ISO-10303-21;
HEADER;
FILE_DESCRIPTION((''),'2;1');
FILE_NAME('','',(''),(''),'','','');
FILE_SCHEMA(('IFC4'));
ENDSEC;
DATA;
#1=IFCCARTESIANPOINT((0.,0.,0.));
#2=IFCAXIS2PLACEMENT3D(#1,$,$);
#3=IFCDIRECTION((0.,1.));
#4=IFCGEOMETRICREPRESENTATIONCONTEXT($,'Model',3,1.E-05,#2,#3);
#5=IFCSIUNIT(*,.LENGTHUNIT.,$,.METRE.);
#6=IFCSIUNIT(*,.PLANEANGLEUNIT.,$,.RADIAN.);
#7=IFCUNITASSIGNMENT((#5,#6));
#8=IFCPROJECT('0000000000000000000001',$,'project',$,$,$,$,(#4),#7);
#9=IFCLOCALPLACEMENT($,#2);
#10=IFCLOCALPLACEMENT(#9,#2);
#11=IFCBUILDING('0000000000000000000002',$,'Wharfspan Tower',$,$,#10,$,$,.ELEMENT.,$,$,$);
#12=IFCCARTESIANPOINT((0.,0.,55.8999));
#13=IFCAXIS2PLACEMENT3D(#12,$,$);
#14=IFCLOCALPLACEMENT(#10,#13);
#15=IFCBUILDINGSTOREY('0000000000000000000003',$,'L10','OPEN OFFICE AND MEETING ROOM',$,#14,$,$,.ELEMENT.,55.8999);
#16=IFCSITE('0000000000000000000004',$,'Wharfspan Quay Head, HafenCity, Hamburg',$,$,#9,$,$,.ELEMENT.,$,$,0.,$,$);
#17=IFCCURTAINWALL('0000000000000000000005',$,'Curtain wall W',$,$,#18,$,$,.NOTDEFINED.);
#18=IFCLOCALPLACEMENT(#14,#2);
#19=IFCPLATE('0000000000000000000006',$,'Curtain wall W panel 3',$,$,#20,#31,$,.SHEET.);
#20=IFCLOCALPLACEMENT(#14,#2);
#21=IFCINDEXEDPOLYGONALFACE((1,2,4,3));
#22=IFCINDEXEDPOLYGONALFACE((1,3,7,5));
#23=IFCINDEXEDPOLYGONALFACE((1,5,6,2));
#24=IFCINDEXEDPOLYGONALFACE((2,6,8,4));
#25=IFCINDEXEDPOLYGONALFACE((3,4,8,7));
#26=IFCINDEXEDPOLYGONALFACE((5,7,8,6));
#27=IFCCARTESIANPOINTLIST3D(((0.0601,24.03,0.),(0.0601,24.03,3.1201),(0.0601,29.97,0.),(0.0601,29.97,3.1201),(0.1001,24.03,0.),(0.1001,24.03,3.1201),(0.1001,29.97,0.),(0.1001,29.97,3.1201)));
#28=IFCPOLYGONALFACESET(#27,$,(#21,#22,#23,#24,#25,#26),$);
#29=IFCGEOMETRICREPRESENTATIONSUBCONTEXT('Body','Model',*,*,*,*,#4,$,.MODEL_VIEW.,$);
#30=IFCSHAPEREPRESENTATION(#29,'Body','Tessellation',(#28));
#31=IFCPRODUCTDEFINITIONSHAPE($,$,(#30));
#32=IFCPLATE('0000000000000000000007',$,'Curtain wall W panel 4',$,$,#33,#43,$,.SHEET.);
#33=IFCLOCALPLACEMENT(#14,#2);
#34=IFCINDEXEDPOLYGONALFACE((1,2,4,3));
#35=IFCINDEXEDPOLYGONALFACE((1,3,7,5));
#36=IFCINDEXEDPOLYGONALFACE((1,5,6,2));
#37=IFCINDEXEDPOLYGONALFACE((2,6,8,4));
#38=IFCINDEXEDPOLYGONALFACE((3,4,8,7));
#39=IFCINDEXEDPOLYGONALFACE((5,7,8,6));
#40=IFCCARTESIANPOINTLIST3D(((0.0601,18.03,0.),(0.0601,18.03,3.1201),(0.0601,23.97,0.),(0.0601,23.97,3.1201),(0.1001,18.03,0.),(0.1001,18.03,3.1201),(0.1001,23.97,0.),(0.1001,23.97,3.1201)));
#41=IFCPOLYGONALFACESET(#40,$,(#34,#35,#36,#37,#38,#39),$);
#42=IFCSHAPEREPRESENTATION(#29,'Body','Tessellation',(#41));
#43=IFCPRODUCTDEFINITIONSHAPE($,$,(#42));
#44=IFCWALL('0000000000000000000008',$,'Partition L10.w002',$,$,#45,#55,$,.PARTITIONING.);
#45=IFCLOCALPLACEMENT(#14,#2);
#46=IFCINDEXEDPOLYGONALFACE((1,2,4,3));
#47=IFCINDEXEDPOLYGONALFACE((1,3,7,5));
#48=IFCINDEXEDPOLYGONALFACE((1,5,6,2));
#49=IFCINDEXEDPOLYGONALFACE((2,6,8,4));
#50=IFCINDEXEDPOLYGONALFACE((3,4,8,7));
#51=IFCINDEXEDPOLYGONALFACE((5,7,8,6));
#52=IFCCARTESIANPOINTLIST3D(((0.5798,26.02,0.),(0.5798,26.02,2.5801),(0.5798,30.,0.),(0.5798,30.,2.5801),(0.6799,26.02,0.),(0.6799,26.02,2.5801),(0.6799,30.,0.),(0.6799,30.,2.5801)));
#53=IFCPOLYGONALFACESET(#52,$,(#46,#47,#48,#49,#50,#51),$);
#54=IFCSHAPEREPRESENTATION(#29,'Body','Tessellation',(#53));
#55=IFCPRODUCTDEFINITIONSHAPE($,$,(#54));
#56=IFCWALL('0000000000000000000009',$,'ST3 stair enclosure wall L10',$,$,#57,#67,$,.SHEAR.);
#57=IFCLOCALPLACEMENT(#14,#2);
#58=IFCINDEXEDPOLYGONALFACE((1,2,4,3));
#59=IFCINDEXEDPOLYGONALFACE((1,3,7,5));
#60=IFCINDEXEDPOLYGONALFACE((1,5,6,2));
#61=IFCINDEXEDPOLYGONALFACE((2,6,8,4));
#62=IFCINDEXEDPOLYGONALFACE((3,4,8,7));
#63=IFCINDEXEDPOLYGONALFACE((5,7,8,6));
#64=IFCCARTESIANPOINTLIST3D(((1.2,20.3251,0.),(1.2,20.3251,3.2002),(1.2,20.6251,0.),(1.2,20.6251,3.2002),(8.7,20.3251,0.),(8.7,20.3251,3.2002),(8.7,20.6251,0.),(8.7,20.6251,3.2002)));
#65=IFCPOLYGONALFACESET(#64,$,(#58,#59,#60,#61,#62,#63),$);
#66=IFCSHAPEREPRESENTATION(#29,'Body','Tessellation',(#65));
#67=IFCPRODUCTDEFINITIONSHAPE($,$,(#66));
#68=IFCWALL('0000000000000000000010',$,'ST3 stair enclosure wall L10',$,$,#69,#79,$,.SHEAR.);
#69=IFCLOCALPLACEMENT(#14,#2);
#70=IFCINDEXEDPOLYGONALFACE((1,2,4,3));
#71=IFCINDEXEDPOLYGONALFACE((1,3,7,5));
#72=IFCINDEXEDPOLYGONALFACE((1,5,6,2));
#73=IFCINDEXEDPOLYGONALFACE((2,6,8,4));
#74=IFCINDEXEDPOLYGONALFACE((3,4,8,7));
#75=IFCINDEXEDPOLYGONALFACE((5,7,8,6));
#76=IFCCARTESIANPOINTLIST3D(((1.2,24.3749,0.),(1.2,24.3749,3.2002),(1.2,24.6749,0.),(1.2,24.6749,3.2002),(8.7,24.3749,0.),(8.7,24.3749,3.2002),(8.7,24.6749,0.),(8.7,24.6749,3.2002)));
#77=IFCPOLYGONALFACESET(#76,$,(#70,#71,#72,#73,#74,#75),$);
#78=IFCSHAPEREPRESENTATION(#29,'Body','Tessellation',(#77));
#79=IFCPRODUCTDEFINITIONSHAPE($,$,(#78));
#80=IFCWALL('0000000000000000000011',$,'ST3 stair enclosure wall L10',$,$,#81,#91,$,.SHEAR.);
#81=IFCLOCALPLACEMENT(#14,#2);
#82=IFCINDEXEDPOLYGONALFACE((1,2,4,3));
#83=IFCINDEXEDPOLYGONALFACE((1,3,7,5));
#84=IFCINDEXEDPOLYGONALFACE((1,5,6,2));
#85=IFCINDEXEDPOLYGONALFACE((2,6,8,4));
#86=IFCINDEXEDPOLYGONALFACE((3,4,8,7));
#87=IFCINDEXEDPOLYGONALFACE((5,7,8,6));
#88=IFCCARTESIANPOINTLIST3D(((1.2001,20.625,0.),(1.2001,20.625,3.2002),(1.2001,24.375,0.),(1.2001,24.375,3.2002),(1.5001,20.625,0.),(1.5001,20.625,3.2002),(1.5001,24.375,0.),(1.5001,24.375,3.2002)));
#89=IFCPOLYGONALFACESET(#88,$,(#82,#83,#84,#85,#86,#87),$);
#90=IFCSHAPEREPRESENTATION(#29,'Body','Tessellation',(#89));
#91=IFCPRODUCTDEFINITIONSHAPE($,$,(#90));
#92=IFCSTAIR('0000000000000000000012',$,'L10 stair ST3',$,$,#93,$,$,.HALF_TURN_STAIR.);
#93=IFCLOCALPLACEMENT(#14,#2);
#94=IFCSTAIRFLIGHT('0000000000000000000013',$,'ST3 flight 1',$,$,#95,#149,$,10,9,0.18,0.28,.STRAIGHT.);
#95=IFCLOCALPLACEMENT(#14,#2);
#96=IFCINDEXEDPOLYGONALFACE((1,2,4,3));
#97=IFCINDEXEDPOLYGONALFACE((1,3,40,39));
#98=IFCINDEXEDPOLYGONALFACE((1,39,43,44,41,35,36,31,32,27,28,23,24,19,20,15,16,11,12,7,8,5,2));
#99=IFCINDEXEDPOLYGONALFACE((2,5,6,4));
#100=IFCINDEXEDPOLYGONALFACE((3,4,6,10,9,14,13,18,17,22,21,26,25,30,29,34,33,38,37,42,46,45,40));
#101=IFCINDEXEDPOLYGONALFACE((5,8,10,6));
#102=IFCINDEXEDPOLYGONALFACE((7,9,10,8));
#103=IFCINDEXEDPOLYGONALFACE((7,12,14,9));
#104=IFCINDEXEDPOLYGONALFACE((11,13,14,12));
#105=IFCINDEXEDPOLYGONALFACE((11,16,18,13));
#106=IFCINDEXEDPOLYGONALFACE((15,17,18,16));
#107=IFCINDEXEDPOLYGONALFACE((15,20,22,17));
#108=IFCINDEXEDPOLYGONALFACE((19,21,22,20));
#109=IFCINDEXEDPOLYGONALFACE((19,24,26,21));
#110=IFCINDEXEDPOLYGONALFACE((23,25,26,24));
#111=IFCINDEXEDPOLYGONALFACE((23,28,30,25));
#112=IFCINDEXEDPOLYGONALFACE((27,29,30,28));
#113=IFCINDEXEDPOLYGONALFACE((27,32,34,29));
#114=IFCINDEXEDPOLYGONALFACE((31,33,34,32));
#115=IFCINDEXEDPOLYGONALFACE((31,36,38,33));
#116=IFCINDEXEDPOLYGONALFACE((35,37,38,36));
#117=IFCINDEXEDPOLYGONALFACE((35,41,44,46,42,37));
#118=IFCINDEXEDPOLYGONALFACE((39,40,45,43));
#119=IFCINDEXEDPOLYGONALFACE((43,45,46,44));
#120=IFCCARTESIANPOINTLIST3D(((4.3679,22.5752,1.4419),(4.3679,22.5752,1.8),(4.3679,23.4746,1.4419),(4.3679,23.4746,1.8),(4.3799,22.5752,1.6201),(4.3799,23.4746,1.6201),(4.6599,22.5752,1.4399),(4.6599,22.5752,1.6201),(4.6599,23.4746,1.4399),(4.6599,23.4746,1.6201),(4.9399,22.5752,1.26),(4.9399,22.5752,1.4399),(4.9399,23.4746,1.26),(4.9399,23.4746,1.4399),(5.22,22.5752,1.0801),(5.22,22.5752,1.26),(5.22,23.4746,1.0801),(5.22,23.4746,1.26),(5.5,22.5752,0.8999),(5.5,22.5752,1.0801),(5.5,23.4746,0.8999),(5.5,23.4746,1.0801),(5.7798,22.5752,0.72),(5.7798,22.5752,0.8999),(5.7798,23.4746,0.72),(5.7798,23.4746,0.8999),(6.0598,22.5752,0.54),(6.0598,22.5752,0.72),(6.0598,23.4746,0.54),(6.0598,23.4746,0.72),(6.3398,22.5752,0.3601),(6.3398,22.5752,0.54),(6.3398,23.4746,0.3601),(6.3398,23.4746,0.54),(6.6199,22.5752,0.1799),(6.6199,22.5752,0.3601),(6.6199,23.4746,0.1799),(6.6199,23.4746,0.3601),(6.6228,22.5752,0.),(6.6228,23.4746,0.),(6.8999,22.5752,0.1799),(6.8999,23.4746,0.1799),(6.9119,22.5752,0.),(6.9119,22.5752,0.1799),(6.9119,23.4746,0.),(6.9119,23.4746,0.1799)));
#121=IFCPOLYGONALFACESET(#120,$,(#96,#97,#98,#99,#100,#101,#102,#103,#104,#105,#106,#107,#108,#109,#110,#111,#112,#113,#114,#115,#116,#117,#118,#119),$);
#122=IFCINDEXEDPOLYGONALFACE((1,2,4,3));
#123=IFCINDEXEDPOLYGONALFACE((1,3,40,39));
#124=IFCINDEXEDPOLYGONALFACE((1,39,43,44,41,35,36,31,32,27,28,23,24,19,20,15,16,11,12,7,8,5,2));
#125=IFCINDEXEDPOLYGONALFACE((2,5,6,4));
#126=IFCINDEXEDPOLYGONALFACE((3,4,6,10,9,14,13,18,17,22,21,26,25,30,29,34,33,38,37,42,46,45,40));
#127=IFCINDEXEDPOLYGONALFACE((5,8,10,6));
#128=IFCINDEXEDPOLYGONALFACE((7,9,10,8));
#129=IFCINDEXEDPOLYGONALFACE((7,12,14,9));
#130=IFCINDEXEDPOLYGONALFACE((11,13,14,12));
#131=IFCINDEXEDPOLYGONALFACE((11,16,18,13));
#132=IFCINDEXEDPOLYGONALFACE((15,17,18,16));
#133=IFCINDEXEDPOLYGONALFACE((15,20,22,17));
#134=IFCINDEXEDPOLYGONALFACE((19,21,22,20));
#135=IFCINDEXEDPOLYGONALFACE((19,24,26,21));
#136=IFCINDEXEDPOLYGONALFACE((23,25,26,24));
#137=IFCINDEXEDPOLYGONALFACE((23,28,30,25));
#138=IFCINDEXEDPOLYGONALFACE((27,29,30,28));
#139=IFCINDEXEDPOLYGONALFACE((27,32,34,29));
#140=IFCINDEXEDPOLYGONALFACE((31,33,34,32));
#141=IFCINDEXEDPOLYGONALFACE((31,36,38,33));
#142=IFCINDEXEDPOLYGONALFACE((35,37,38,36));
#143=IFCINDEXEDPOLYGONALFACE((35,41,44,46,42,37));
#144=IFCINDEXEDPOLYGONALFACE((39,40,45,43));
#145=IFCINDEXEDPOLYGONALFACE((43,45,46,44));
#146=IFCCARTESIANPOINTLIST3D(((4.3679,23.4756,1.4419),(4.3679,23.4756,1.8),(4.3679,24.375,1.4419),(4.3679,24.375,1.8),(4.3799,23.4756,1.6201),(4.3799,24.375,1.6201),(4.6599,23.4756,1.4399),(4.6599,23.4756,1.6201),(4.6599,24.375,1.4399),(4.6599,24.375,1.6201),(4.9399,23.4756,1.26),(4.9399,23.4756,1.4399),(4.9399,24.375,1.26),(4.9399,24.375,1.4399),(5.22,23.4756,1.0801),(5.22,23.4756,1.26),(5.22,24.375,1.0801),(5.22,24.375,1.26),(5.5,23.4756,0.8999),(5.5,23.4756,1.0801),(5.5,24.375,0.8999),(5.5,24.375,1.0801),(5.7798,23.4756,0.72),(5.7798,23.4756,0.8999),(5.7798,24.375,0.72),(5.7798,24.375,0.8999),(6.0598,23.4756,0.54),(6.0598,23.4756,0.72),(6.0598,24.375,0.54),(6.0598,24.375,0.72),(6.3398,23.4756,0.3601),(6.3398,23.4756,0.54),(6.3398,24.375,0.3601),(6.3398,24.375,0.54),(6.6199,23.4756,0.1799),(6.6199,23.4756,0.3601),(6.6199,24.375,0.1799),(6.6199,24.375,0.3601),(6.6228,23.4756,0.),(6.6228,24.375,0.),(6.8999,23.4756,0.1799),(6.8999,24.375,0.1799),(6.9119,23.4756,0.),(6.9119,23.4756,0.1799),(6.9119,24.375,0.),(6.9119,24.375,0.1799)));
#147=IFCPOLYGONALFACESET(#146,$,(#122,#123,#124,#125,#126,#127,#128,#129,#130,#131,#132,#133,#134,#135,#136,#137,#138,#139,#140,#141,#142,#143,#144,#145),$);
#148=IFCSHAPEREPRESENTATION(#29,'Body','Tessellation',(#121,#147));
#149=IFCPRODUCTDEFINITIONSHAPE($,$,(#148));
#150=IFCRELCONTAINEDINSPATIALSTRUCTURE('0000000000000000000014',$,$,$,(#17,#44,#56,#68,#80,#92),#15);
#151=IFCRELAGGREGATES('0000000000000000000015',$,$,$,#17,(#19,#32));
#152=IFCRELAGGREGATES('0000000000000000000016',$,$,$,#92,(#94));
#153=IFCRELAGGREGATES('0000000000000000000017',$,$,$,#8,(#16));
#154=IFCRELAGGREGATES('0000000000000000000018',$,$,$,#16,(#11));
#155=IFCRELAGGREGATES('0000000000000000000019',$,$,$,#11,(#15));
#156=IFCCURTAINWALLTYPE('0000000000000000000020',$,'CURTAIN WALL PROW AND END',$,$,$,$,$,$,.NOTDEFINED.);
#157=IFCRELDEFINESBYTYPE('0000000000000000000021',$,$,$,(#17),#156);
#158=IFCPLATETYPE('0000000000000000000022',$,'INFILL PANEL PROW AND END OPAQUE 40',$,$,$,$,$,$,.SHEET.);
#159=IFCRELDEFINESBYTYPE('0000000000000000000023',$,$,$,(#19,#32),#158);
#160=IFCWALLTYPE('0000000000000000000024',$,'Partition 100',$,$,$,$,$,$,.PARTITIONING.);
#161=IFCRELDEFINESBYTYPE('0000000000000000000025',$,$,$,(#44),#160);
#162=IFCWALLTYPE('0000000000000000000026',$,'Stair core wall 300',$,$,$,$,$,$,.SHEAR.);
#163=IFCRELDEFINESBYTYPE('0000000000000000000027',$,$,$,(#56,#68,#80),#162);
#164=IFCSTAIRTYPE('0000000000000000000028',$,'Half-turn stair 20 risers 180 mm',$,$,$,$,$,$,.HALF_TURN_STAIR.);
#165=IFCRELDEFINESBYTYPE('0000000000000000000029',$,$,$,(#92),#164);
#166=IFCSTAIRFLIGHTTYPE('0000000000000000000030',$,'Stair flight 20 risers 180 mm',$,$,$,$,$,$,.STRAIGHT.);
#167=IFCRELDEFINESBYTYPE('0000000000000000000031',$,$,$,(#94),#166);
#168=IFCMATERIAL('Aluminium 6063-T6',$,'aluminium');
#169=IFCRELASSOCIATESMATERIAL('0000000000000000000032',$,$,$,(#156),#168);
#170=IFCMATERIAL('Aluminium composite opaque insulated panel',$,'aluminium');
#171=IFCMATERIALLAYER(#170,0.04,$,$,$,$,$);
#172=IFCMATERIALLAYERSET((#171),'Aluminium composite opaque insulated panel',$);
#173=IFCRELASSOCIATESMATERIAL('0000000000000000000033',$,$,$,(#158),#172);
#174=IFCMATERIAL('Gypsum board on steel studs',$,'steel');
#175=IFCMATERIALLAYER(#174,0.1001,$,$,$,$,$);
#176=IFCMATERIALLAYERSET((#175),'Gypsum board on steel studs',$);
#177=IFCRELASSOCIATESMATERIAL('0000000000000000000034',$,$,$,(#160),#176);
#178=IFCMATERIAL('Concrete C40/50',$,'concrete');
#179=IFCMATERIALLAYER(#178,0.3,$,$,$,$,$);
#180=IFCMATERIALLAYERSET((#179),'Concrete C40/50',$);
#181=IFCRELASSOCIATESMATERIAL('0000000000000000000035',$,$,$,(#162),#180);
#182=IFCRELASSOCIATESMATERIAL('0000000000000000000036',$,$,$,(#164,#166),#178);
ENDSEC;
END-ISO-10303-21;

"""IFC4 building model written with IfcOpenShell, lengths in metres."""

from ifc_helpers import new_model, si_unit, direction, frame, frame_2d, origin, origin_2d, place, context, subcontext, project, spatial, polyline, rectangle, outline, extrude, material, layer, layer_set, type_object, element, aggregate, save


model = new_model("IFC4")

# Units and contexts
model_context = context("Model", 3, precision=1e-05, world=origin(), true_north=direction((0.0, 1.0)))
body_context = subcontext(model_context, "Body", "Model", "MODEL_VIEW")
ifc_project = project(units=[si_unit("LENGTHUNIT", "METRE"), si_unit("PLANEANGLEUNIT", "RADIAN")], contexts=[model_context])

# Site, building, storey
site_placement = place(None, origin())
site = spatial("IfcSite", under=ifc_project, at=site_placement, Name="Wharfspan Quay Head, HafenCity, Hamburg", CompositionType="ELEMENT", RefElevation=0.0)
building_placement = place(site_placement, origin())
building = spatial("IfcBuilding", under=site, at=building_placement, Name="Wharfspan Tower", CompositionType="ELEMENT")
storey_placement = place(building_placement, frame((0.0, 0.0, 55.8999)))
storey = spatial("IfcBuildingStorey", under=building, at=storey_placement, Name="L10", Description="OPEN OFFICE AND MEETING ROOM", CompositionType="ELEMENT", Elevation=55.8999)

# Curtain wall
ifc_material_1 = material(Name="Aluminium 6063-T6", Category="aluminium")
curtain_wall_type = type_object("IfcCurtainWallType", Name="CURTAIN WALL PROW AND END", PredefinedType="NOTDEFINED", material=ifc_material_1)
curtain_wall_placement = place(storey_placement, origin())
curtain_wall = element("IfcCurtainWall", 1, at=curtain_wall_placement, inside=storey, type_object=curtain_wall_type, Name="Curtain wall W", PredefinedType="NOTDEFINED")

# Plates
ifc_material_2 = material(Name="Aluminium composite opaque insulated panel", Category="aluminium")
ifc_layer_1 = layer(ifc_material_2, 0.04)
ifc_layer_set_1 = layer_set([ifc_layer_1], Name="Aluminium composite opaque insulated panel")
plate_type = type_object("IfcPlateType", Name="INFILL PANEL PROW AND END OPAQUE 40", PredefinedType="SHEET", material=ifc_layer_set_1)
plate_1_placement = place(storey_placement, frame((0.0801, 27.0, 0.0), z_axis=(0.0, 0.0, 1.0), x_axis=(0.0, -1.0, 0.0)))
plate_1 = element("IfcPlate", 2, at=plate_1_placement, type_object=plate_type, Name="Curtain wall W panel 3", PredefinedType="SHEET", context=body_context, shape_type="SweptSolid", body=[
    extrude(rectangle(XDim=5.9399, YDim=0.04, at=origin_2d()), origin(), (0.0, 0.0, 1.0), 3.1201),
])
plate_2_placement = place(storey_placement, frame((0.0801, 21.0, 0.0), z_axis=(0.0, 0.0, 1.0), x_axis=(0.0, -1.0, 0.0)))
plate_2 = element("IfcPlate", 3, at=plate_2_placement, type_object=plate_type, Name="Curtain wall W panel 4", PredefinedType="SHEET", context=body_context, shape_type="SweptSolid", body=[
    extrude(rectangle(XDim=5.9399, YDim=0.04, at=origin_2d()), origin(), (0.0, 0.0, 1.0), 3.1201),
])
aggregate(curtain_wall, [plate_1, plate_2])

# Walls
ifc_material_3 = material(Name="Gypsum board on steel studs", Category="steel")
ifc_layer_2 = layer(ifc_material_3, 0.1001)
ifc_layer_set_2 = layer_set([ifc_layer_2], Name="Gypsum board on steel studs")
wall_type_1 = type_object("IfcWallType", Name="Partition 100", PredefinedType="PARTITIONING", material=ifc_layer_set_2)
wall_1_placement = place(storey_placement, frame((0.6299, 26.02, 0.0), z_axis=(0.0, 0.0, 1.0), x_axis=(0.0, 1.0, 0.0)))
element("IfcWall", 4, at=wall_1_placement, inside=storey, type_object=wall_type_1, Name="Partition L10.w002", PredefinedType="PARTITIONING", context=body_context, shape_type="SweptSolid", body=[
    extrude(rectangle(XDim=3.98, YDim=0.1001, at=frame_2d((1.99, 0.0))), origin(), (0.0, 0.0, 1.0), 2.5801),
])
ifc_material_4 = material(Name="Concrete C40/50", Category="concrete")
ifc_layer_3 = layer(ifc_material_4, 0.3)
ifc_layer_set_3 = layer_set([ifc_layer_3], Name="Concrete C40/50")
wall_type_2 = type_object("IfcWallType", Name="Stair core wall 300", PredefinedType="SHEAR", material=ifc_layer_set_3)
for number, where, z_axis, x_axis, name in (
    (5, (1.2, 20.4751, 0.0), (0.0, 0.0, 1.0), (1.0, 0.0, 0.0), "ST3 stair enclosure wall L10"),
    (6, (1.2, 24.5249, 0.0), (0.0, 0.0, 1.0), (1.0, 0.0, 0.0), "ST3 stair enclosure wall L10"),
):
    element("IfcWall", number, at=place(storey_placement, frame(where, z_axis=z_axis, x_axis=x_axis)), inside=storey, type_object=wall_type_2, Name=name, PredefinedType="SHEAR", context=body_context, shape_type="SweptSolid", body=[
        extrude(rectangle(XDim=7.5, YDim=0.3, at=frame_2d((3.75, 0.0))), origin(), (0.0, 0.0, 1.0), 3.2002),
    ])
wall_2_placement = place(storey_placement, frame((1.3501, 20.625, 0.0), z_axis=(0.0, 0.0, 1.0), x_axis=(0.0, 1.0, 0.0)))
element("IfcWall", 7, at=wall_2_placement, inside=storey, type_object=wall_type_2, Name="ST3 stair enclosure wall L10", PredefinedType="SHEAR", context=body_context, shape_type="SweptSolid", body=[
    extrude(rectangle(XDim=3.75, YDim=0.3, at=frame_2d((1.875, 0.0))), origin(), (0.0, 0.0, 1.0), 3.2002),
])

# Stair, stair flight
stair_type = type_object("IfcStairType", Name="Half-turn stair 20 risers 180 mm", PredefinedType="HALF_TURN_STAIR", material=ifc_material_4)
stair_placement = place(storey_placement, origin())
stair = element("IfcStair", 8, at=stair_placement, inside=storey, type_object=stair_type, Name="L10 stair ST3", PredefinedType="HALF_TURN_STAIR")
stair_flight_type = type_object("IfcStairFlightType", Name="Stair flight 20 risers 180 mm", PredefinedType="STRAIGHT", material=ifc_material_4)
stair_flight_1_placement = place(storey_placement, frame((6.8999, 23.4751, 0.0), z_axis=(0.0, 0.0, 1.0), x_axis=(-1.0, 0.0, 0.0)))
stair_flight_1 = element("IfcStairFlight", 9, at=stair_flight_1_placement, type_object=stair_flight_type, Name="ST3 flight 1", NumberOfRisers=10, NumberOfTreads=9, PredefinedType="STRAIGHT", RiserHeight=0.18, TreadLength=0.28, context=body_context, shape_type="SweptSolid", body=[
    extrude(outline(polyline([(-0.012, 0.0), (-0.012, 0.1799), (0.0, 0.1799), (0.28, 0.1799), (0.28, 0.3601), (0.5601, 0.3601), (0.5601, 0.54), (0.8401, 0.54), (0.8401, 0.72), (1.1201, 0.72), (1.1201, 0.8999), (1.3999, 0.8999), (1.3999, 1.0801), (1.6799, 1.0801), (1.6799, 1.26), (1.96, 1.26), (1.96, 1.4399), (2.24, 1.4399), (2.24, 1.6201), (2.52, 1.6201), (2.532, 1.8), (2.532, 1.4419), (0.2771, 0.0), (-0.012, 0.0)])), frame((0.0, 0.8999, 0.0), z_axis=(0.0, -1.0, 0.0), x_axis=(1.0, 0.0, 0.0)), (0.0, 0.0, 1.0), 0.8994),
    extrude(outline(polyline([(-0.012, 0.0), (-0.012, 0.1799), (0.0, 0.1799), (0.28, 0.1799), (0.28, 0.3601), (0.5601, 0.3601), (0.5601, 0.54), (0.8401, 0.54), (0.8401, 0.72), (1.1201, 0.72), (1.1201, 0.8999), (1.3999, 0.8999), (1.3999, 1.0801), (1.6799, 1.0801), (1.6799, 1.26), (1.96, 1.26), (1.96, 1.4399), (2.24, 1.4399), (2.24, 1.6201), (2.52, 1.6201), (2.532, 1.8), (2.532, 1.4419), (0.2771, 0.0), (-0.012, 0.0)])), frame((0.0, -0.0005, 0.0), z_axis=(0.0, -1.0, 0.0), x_axis=(1.0, 0.0, 0.0)), (0.0, 0.0, 1.0), 0.8994),
])
aggregate(stair, [stair_flight_1])

save(model, "model.ifc")
